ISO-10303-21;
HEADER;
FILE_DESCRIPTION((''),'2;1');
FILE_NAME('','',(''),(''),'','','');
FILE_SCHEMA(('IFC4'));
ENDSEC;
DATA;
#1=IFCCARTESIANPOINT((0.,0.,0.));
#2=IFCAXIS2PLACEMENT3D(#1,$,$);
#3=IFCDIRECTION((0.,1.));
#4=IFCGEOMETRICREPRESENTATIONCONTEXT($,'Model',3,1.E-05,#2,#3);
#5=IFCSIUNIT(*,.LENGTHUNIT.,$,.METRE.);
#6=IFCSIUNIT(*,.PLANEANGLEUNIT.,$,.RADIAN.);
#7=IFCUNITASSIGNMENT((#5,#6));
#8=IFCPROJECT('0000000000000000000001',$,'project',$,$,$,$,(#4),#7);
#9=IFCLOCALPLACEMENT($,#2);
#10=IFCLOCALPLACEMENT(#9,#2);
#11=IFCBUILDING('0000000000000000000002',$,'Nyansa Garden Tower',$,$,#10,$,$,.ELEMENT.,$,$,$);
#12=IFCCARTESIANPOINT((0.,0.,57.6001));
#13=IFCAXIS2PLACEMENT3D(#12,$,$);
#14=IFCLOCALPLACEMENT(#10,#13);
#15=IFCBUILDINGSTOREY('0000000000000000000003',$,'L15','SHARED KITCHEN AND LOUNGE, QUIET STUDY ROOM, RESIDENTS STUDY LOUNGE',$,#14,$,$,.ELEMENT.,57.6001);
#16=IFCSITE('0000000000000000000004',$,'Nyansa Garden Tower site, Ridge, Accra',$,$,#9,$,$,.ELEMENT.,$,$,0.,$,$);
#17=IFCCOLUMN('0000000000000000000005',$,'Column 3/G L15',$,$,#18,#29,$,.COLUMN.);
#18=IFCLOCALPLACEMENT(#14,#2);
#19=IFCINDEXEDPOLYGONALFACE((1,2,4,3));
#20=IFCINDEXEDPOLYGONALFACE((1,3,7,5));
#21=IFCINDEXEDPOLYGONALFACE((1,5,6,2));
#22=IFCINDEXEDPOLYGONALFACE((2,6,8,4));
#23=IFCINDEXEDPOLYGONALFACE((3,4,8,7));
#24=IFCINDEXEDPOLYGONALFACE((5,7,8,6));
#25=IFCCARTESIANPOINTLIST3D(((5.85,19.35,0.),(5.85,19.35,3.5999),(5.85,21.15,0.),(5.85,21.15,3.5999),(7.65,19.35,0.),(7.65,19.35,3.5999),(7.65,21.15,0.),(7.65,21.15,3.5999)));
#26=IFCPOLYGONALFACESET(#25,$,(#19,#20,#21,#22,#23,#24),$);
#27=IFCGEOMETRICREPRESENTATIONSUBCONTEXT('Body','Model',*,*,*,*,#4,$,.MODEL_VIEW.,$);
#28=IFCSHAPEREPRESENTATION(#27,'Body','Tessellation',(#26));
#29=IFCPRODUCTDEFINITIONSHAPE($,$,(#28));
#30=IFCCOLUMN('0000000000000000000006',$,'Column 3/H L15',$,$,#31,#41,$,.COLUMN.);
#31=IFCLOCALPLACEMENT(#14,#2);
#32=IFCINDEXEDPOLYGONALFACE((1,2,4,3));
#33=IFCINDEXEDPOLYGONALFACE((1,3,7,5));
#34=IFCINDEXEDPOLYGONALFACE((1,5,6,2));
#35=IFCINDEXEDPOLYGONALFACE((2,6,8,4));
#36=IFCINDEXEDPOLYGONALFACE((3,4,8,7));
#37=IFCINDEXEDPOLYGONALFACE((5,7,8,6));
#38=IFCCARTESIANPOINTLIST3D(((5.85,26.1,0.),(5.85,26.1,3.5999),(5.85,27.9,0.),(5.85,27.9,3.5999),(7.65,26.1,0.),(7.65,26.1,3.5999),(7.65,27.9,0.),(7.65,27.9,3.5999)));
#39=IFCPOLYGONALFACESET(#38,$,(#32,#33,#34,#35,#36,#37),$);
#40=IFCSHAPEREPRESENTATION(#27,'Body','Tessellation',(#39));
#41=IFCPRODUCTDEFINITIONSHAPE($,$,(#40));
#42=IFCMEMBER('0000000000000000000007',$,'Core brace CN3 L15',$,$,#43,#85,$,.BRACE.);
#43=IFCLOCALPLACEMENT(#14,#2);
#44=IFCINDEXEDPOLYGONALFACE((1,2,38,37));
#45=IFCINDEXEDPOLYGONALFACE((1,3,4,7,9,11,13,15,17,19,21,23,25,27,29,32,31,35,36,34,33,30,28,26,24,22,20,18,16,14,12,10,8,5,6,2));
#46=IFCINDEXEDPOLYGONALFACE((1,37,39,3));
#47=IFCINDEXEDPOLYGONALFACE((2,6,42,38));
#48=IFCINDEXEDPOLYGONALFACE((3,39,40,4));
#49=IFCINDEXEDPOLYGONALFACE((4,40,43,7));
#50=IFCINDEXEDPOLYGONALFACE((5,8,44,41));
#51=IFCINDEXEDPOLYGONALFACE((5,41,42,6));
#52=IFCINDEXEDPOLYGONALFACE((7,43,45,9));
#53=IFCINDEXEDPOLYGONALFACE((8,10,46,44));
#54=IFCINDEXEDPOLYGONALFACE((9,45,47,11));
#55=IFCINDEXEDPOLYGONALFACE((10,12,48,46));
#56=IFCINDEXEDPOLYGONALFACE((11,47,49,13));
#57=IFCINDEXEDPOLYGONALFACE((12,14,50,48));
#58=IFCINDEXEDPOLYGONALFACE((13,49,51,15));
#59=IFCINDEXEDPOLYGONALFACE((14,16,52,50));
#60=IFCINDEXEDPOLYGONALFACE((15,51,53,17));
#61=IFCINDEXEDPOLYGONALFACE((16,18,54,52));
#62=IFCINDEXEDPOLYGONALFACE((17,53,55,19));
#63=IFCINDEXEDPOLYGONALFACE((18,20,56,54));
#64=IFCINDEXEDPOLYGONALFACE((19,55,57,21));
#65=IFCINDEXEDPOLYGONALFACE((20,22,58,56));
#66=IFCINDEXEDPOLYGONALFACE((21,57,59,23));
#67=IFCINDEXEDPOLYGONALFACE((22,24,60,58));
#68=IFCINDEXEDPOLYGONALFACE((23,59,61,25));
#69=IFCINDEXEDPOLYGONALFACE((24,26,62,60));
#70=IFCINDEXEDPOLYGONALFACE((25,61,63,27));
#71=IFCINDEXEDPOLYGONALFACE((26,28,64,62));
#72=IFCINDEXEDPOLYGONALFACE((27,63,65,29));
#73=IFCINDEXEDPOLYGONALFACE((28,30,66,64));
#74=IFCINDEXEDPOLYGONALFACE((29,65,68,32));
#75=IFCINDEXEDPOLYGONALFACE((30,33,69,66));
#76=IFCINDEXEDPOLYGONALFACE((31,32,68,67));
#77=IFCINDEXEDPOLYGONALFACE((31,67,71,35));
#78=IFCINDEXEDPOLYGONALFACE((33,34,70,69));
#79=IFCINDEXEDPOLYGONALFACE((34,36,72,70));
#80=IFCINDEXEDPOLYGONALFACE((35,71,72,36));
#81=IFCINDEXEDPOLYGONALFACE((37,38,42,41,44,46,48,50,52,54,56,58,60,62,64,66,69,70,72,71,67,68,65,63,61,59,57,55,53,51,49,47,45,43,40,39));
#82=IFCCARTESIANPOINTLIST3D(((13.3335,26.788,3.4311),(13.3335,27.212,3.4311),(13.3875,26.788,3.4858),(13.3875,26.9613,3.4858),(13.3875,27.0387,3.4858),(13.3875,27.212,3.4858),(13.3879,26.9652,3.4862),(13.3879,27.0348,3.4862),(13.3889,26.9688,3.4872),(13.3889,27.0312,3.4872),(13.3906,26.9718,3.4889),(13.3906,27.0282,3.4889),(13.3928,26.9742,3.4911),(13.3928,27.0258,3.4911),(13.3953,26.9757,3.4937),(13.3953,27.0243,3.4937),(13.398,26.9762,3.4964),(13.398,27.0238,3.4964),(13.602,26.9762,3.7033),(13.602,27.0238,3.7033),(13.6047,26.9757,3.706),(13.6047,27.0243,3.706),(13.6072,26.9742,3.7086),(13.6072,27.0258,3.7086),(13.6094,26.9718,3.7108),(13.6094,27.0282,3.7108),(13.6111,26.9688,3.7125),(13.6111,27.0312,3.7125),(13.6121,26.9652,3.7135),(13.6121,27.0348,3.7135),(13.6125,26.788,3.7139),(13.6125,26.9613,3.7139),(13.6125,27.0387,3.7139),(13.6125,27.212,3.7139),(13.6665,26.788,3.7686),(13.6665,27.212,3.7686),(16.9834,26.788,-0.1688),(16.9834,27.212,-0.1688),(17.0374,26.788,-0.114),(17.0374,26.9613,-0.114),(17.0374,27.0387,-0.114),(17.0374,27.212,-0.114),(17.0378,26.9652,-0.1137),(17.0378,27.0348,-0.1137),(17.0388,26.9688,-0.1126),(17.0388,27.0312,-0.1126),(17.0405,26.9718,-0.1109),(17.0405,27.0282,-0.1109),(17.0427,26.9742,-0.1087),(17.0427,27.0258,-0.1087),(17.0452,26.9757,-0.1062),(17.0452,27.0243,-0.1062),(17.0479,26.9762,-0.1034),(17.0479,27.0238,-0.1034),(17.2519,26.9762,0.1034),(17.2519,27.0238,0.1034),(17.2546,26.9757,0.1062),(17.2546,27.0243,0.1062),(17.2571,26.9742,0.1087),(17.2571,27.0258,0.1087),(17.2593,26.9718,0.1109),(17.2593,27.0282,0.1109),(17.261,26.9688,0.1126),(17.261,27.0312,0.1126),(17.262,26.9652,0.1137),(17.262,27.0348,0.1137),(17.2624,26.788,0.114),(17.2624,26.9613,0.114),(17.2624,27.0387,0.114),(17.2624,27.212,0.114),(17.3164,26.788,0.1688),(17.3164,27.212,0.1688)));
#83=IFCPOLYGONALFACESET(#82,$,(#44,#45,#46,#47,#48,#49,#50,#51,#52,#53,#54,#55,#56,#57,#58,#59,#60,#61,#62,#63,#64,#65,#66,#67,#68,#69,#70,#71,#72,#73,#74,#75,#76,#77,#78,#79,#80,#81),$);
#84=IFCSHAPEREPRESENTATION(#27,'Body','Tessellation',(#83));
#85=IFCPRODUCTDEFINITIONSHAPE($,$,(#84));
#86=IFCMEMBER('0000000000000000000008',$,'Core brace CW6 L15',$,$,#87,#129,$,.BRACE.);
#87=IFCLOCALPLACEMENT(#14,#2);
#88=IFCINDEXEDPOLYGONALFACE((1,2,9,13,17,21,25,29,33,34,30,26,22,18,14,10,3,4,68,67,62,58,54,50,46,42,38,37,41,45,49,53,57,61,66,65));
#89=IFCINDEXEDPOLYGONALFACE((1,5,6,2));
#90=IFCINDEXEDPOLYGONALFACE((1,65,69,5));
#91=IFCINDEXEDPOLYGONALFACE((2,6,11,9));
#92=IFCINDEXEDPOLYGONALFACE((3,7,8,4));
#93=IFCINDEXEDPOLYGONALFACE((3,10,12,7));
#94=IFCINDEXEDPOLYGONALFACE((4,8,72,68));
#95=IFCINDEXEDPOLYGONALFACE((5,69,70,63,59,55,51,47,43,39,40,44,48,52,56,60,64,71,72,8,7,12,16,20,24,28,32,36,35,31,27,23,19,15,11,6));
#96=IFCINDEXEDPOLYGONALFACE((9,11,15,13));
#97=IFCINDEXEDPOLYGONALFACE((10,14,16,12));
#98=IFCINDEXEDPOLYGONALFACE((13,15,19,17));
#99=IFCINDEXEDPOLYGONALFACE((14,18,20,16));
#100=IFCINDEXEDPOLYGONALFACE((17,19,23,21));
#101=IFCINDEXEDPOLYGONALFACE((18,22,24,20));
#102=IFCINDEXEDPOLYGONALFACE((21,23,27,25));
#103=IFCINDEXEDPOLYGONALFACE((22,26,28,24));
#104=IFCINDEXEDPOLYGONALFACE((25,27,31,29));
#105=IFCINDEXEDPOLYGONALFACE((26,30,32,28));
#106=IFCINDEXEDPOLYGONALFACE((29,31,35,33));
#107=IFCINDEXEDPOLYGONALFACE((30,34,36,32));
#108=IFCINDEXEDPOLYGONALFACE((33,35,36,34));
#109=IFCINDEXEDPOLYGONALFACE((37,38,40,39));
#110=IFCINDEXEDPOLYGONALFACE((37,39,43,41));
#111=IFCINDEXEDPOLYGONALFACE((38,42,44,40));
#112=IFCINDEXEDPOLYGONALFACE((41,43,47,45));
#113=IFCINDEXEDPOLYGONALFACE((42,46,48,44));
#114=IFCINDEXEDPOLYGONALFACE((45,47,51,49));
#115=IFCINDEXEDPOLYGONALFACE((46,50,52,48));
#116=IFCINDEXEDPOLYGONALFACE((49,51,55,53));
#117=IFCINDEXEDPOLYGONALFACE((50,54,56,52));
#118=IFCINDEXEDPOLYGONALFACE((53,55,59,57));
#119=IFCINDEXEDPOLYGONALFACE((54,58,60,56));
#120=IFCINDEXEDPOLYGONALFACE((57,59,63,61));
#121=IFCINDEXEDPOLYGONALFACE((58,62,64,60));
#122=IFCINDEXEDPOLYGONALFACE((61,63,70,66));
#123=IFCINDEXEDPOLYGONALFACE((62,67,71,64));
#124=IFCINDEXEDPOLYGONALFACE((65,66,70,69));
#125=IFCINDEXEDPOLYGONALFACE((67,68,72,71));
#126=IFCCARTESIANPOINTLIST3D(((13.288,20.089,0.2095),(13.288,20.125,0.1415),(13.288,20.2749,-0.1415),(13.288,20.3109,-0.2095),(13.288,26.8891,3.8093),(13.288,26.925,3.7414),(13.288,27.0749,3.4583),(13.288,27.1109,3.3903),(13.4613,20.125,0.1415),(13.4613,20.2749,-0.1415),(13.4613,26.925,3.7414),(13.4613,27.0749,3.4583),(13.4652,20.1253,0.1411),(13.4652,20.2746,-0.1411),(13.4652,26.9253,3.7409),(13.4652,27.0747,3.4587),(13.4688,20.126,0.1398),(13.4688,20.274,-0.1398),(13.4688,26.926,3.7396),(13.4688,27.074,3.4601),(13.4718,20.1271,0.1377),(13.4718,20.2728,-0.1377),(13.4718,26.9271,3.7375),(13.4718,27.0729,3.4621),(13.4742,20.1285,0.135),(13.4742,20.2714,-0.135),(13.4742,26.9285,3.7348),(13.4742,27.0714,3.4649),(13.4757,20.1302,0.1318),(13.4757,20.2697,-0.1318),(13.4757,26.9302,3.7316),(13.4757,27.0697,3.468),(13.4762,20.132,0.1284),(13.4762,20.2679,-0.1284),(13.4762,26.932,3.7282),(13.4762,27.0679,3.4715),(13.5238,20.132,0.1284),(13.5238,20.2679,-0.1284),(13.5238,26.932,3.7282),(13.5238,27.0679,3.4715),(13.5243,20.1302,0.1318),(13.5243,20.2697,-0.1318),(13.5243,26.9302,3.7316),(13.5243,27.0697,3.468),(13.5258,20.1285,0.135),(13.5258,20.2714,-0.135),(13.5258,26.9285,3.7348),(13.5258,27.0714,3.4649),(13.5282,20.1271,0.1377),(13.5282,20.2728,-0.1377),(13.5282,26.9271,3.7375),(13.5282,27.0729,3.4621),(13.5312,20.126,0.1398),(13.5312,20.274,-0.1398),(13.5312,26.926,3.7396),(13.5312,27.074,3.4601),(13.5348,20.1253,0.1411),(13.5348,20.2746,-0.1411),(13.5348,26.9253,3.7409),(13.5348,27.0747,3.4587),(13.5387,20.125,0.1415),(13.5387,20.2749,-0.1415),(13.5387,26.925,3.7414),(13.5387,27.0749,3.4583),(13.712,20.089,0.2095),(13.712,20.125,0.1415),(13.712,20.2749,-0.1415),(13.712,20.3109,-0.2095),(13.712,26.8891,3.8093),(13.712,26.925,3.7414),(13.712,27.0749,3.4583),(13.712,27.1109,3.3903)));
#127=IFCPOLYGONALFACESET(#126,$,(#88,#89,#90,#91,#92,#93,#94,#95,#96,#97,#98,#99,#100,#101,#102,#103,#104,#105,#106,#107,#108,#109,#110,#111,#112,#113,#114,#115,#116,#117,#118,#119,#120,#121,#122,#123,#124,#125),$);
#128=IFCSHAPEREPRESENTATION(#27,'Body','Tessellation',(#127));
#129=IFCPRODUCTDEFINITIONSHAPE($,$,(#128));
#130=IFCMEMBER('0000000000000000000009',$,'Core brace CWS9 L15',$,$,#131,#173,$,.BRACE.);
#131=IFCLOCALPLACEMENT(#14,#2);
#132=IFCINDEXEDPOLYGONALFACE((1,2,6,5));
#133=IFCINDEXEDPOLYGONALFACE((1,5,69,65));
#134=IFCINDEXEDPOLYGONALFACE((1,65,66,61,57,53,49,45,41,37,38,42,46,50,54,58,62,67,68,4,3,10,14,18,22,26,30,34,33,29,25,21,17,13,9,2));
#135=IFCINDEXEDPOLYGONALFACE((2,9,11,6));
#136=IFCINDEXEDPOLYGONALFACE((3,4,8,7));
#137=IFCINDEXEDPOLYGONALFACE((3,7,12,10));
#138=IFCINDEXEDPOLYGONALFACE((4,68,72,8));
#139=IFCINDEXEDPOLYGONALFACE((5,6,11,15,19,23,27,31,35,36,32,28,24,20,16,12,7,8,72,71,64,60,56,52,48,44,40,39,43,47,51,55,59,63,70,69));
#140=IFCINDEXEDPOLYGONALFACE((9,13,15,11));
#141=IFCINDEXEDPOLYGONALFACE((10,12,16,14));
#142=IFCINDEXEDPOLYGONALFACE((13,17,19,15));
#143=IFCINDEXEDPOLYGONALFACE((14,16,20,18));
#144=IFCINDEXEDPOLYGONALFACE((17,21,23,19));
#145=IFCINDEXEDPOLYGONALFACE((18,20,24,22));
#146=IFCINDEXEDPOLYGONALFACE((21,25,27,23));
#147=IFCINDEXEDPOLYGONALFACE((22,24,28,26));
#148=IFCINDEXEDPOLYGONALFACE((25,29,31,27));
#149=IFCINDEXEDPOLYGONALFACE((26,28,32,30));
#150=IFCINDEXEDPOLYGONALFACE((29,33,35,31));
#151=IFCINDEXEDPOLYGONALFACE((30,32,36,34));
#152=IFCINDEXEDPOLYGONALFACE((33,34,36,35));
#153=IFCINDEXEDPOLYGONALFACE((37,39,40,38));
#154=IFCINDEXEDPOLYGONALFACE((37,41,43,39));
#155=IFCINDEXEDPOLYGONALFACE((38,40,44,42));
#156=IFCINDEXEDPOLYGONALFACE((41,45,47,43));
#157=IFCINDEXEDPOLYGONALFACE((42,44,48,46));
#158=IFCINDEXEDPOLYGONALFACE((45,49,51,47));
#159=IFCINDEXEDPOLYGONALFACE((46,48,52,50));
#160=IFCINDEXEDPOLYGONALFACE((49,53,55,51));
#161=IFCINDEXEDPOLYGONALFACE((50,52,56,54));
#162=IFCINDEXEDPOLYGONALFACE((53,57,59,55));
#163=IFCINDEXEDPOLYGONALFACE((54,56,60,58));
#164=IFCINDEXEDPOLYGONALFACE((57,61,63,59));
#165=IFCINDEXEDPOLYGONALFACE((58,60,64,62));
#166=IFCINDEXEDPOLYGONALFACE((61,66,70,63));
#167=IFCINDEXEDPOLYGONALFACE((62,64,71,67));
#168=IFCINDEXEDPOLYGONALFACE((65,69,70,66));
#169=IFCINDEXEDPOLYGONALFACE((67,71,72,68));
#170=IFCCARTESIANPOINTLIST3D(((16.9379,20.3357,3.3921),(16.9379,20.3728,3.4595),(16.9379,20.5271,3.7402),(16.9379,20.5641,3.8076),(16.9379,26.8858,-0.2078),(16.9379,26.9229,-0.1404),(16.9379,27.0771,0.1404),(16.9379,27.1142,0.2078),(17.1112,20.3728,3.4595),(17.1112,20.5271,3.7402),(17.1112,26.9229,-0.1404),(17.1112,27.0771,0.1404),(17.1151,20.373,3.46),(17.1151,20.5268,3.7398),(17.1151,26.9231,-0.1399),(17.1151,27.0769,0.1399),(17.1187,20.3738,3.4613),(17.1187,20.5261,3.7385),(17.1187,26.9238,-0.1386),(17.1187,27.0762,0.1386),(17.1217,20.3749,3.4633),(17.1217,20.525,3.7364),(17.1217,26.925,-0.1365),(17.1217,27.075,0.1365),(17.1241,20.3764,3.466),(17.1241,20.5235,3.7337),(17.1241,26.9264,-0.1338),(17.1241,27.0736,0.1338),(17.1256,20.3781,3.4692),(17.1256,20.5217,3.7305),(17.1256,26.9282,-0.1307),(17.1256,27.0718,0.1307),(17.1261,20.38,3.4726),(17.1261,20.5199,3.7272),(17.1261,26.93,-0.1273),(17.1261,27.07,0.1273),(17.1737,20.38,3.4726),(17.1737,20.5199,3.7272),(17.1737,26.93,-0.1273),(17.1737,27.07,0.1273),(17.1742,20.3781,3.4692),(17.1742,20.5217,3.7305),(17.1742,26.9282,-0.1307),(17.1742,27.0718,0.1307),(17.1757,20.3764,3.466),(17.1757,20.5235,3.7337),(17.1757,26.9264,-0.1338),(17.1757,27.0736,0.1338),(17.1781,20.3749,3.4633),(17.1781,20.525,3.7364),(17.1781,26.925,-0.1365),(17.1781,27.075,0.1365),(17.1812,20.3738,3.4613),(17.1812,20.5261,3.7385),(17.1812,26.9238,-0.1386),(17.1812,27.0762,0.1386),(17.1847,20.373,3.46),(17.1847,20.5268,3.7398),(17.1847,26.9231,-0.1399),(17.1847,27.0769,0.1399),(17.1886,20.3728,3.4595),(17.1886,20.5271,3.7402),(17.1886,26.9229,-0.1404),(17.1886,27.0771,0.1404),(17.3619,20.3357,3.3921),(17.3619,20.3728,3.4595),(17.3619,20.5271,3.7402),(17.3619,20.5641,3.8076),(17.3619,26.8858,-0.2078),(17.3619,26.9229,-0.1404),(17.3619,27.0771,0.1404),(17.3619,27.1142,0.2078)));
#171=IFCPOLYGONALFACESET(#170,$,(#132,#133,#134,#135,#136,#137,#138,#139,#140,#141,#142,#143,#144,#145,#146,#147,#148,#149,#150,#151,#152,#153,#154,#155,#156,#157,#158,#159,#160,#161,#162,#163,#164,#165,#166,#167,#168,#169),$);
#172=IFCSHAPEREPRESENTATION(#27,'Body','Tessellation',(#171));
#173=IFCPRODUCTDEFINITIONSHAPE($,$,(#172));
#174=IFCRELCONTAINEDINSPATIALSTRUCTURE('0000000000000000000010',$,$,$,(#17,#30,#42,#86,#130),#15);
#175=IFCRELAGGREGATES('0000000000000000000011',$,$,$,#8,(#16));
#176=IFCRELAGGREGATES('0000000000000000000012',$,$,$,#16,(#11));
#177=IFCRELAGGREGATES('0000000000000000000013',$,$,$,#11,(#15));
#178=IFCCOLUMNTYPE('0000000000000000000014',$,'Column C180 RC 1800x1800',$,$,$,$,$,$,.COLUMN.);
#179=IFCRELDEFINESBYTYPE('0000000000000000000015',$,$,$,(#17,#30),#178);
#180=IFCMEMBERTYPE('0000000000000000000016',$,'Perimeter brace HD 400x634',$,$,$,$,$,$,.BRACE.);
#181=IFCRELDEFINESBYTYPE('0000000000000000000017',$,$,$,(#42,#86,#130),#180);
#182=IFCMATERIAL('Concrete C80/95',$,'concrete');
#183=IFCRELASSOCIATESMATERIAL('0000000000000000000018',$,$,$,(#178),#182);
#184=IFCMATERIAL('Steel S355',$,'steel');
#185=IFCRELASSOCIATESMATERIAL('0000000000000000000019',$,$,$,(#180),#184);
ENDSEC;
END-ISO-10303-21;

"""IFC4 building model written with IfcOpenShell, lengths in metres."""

from ifc_helpers import new_model, si_unit, direction, frame, origin, origin_2d, place, context, subcontext, project, spatial, rectangle, i_section, extrude, material, material_profile, profile_set, type_object, element, save


model = new_model("IFC4")

# Units and contexts
model_context = context("Model", 3, precision=1e-05, world=origin(), true_north=direction((0.0, 1.0)))
body_context = subcontext(model_context, "Body", "Model", "MODEL_VIEW")
ifc_project = project(units=[si_unit("LENGTHUNIT", "METRE"), si_unit("PLANEANGLEUNIT", "RADIAN")], contexts=[model_context])

# Site, building, storey
site_placement = place(None, origin())
site = spatial("IfcSite", under=ifc_project, at=site_placement, Name="Nyansa Garden Tower site, Ridge, Accra", CompositionType="ELEMENT", RefElevation=0.0)
building_placement = place(site_placement, origin())
building = spatial("IfcBuilding", under=site, at=building_placement, Name="Nyansa Garden Tower", CompositionType="ELEMENT")
storey_placement = place(building_placement, frame((0.0, 0.0, 57.6001)))
storey = spatial("IfcBuildingStorey", under=building, at=storey_placement, Name="L15", Description="SHARED KITCHEN AND LOUNGE, QUIET STUDY ROOM, RESIDENTS STUDY LOUNGE", CompositionType="ELEMENT", Elevation=57.6001)

# Columns
ifc_material_1 = material(Name="Concrete C80/95", Category="concrete")
ifc_material_profile_1 = material_profile(ifc_material_1, rectangle(XDim=1.8, YDim=1.8, at=origin_2d()), Name="RC 1800x1800")
ifc_profile_set_1 = profile_set([ifc_material_profile_1], Name="Concrete C80/95")
column_type = type_object("IfcColumnType", Name="Column C180 RC 1800x1800", PredefinedType="COLUMN", material=ifc_profile_set_1)
for number, where, z_axis, x_axis, name in (
    (1, (6.75, 20.25, 0.0), (0.0, 0.0, 1.0), (1.0, 0.0, 0.0), "Column 3/G L15"),
    (2, (6.75, 27.0, 0.0), (0.0, 0.0, 1.0), (1.0, 0.0, 0.0), "Column 3/H L15"),
):
    element("IfcColumn", number, at=place(storey_placement, frame(where, z_axis=z_axis, x_axis=x_axis)), inside=storey, type_object=column_type, Name=name, PredefinedType="COLUMN", context=body_context, shape_type="SweptSolid", body=[
        extrude(rectangle(XDim=1.8, YDim=1.8, at=origin_2d()), origin(), (0.0, 0.0, 1.0), 3.5999),
    ])

# Members
ifc_material_2 = material(Name="Steel S355", Category="steel")
ifc_material_profile_2 = material_profile(ifc_material_2, i_section(OverallWidth=0.4241, OverallDepth=0.4741, WebThickness=0.0476, FlangeThickness=0.0769, FilletRadius=0.0149, at=origin_2d()), Name="HD 400x634")
ifc_profile_set_2 = profile_set([ifc_material_profile_2], Name="Steel S355")
member_type = type_object("IfcMemberType", Name="Perimeter brace HD 400x634", PredefinedType="BRACE", material=ifc_profile_set_2)
member_1_placement = place(storey_placement, frame((17.1499, 27.0, 0.0), z_axis=(-0.711971, 0.0, 0.702209), x_axis=(0.0, -1.0, 0.0)))
element("IfcMember", 3, at=member_1_placement, inside=storey, type_object=member_type, Name="Core brace CN3 L15", PredefinedType="BRACE", context=body_context, shape_type="SweptSolid", body=[
    extrude(i_section(OverallWidth=0.4241, OverallDepth=0.4741, WebThickness=0.0476, FlangeThickness=0.0769, FilletRadius=0.0149, at=origin_2d()), origin(), (0.0, 0.0, 1.0), 5.1265),
])
member_2_placement = place(storey_placement, frame((13.5, 20.2, 0.0), z_axis=(0.0, 0.883797, 0.46787), x_axis=(-1.0, 0.0, 0.0)))
element("IfcMember", 4, at=member_2_placement, inside=storey, type_object=member_type, Name="Core brace CW6 L15", PredefinedType="BRACE", context=body_context, shape_type="SweptSolid", body=[
    extrude(i_section(OverallWidth=0.4241, OverallDepth=0.4741, WebThickness=0.0476, FlangeThickness=0.0769, FilletRadius=0.0149, at=origin_2d()), origin(), (0.0, 0.0, 1.0), 7.6941),
])
member_3_placement = place(storey_placement, frame((17.1499, 27.0, 0.0), z_axis=(0.0, -0.876367, 0.481644), x_axis=(1.0, 0.0, 0.0)))
element("IfcMember", 5, at=member_3_placement, inside=storey, type_object=member_type, Name="Core brace CWS9 L15", PredefinedType="BRACE", context=body_context, shape_type="SweptSolid", body=[
    extrude(i_section(OverallWidth=0.4241, OverallDepth=0.4741, WebThickness=0.0476, FlangeThickness=0.0769, FilletRadius=0.0149, at=origin_2d()), origin(), (0.0, 0.0, 1.0), 7.4741),
])

save(model, "model.ifc")
